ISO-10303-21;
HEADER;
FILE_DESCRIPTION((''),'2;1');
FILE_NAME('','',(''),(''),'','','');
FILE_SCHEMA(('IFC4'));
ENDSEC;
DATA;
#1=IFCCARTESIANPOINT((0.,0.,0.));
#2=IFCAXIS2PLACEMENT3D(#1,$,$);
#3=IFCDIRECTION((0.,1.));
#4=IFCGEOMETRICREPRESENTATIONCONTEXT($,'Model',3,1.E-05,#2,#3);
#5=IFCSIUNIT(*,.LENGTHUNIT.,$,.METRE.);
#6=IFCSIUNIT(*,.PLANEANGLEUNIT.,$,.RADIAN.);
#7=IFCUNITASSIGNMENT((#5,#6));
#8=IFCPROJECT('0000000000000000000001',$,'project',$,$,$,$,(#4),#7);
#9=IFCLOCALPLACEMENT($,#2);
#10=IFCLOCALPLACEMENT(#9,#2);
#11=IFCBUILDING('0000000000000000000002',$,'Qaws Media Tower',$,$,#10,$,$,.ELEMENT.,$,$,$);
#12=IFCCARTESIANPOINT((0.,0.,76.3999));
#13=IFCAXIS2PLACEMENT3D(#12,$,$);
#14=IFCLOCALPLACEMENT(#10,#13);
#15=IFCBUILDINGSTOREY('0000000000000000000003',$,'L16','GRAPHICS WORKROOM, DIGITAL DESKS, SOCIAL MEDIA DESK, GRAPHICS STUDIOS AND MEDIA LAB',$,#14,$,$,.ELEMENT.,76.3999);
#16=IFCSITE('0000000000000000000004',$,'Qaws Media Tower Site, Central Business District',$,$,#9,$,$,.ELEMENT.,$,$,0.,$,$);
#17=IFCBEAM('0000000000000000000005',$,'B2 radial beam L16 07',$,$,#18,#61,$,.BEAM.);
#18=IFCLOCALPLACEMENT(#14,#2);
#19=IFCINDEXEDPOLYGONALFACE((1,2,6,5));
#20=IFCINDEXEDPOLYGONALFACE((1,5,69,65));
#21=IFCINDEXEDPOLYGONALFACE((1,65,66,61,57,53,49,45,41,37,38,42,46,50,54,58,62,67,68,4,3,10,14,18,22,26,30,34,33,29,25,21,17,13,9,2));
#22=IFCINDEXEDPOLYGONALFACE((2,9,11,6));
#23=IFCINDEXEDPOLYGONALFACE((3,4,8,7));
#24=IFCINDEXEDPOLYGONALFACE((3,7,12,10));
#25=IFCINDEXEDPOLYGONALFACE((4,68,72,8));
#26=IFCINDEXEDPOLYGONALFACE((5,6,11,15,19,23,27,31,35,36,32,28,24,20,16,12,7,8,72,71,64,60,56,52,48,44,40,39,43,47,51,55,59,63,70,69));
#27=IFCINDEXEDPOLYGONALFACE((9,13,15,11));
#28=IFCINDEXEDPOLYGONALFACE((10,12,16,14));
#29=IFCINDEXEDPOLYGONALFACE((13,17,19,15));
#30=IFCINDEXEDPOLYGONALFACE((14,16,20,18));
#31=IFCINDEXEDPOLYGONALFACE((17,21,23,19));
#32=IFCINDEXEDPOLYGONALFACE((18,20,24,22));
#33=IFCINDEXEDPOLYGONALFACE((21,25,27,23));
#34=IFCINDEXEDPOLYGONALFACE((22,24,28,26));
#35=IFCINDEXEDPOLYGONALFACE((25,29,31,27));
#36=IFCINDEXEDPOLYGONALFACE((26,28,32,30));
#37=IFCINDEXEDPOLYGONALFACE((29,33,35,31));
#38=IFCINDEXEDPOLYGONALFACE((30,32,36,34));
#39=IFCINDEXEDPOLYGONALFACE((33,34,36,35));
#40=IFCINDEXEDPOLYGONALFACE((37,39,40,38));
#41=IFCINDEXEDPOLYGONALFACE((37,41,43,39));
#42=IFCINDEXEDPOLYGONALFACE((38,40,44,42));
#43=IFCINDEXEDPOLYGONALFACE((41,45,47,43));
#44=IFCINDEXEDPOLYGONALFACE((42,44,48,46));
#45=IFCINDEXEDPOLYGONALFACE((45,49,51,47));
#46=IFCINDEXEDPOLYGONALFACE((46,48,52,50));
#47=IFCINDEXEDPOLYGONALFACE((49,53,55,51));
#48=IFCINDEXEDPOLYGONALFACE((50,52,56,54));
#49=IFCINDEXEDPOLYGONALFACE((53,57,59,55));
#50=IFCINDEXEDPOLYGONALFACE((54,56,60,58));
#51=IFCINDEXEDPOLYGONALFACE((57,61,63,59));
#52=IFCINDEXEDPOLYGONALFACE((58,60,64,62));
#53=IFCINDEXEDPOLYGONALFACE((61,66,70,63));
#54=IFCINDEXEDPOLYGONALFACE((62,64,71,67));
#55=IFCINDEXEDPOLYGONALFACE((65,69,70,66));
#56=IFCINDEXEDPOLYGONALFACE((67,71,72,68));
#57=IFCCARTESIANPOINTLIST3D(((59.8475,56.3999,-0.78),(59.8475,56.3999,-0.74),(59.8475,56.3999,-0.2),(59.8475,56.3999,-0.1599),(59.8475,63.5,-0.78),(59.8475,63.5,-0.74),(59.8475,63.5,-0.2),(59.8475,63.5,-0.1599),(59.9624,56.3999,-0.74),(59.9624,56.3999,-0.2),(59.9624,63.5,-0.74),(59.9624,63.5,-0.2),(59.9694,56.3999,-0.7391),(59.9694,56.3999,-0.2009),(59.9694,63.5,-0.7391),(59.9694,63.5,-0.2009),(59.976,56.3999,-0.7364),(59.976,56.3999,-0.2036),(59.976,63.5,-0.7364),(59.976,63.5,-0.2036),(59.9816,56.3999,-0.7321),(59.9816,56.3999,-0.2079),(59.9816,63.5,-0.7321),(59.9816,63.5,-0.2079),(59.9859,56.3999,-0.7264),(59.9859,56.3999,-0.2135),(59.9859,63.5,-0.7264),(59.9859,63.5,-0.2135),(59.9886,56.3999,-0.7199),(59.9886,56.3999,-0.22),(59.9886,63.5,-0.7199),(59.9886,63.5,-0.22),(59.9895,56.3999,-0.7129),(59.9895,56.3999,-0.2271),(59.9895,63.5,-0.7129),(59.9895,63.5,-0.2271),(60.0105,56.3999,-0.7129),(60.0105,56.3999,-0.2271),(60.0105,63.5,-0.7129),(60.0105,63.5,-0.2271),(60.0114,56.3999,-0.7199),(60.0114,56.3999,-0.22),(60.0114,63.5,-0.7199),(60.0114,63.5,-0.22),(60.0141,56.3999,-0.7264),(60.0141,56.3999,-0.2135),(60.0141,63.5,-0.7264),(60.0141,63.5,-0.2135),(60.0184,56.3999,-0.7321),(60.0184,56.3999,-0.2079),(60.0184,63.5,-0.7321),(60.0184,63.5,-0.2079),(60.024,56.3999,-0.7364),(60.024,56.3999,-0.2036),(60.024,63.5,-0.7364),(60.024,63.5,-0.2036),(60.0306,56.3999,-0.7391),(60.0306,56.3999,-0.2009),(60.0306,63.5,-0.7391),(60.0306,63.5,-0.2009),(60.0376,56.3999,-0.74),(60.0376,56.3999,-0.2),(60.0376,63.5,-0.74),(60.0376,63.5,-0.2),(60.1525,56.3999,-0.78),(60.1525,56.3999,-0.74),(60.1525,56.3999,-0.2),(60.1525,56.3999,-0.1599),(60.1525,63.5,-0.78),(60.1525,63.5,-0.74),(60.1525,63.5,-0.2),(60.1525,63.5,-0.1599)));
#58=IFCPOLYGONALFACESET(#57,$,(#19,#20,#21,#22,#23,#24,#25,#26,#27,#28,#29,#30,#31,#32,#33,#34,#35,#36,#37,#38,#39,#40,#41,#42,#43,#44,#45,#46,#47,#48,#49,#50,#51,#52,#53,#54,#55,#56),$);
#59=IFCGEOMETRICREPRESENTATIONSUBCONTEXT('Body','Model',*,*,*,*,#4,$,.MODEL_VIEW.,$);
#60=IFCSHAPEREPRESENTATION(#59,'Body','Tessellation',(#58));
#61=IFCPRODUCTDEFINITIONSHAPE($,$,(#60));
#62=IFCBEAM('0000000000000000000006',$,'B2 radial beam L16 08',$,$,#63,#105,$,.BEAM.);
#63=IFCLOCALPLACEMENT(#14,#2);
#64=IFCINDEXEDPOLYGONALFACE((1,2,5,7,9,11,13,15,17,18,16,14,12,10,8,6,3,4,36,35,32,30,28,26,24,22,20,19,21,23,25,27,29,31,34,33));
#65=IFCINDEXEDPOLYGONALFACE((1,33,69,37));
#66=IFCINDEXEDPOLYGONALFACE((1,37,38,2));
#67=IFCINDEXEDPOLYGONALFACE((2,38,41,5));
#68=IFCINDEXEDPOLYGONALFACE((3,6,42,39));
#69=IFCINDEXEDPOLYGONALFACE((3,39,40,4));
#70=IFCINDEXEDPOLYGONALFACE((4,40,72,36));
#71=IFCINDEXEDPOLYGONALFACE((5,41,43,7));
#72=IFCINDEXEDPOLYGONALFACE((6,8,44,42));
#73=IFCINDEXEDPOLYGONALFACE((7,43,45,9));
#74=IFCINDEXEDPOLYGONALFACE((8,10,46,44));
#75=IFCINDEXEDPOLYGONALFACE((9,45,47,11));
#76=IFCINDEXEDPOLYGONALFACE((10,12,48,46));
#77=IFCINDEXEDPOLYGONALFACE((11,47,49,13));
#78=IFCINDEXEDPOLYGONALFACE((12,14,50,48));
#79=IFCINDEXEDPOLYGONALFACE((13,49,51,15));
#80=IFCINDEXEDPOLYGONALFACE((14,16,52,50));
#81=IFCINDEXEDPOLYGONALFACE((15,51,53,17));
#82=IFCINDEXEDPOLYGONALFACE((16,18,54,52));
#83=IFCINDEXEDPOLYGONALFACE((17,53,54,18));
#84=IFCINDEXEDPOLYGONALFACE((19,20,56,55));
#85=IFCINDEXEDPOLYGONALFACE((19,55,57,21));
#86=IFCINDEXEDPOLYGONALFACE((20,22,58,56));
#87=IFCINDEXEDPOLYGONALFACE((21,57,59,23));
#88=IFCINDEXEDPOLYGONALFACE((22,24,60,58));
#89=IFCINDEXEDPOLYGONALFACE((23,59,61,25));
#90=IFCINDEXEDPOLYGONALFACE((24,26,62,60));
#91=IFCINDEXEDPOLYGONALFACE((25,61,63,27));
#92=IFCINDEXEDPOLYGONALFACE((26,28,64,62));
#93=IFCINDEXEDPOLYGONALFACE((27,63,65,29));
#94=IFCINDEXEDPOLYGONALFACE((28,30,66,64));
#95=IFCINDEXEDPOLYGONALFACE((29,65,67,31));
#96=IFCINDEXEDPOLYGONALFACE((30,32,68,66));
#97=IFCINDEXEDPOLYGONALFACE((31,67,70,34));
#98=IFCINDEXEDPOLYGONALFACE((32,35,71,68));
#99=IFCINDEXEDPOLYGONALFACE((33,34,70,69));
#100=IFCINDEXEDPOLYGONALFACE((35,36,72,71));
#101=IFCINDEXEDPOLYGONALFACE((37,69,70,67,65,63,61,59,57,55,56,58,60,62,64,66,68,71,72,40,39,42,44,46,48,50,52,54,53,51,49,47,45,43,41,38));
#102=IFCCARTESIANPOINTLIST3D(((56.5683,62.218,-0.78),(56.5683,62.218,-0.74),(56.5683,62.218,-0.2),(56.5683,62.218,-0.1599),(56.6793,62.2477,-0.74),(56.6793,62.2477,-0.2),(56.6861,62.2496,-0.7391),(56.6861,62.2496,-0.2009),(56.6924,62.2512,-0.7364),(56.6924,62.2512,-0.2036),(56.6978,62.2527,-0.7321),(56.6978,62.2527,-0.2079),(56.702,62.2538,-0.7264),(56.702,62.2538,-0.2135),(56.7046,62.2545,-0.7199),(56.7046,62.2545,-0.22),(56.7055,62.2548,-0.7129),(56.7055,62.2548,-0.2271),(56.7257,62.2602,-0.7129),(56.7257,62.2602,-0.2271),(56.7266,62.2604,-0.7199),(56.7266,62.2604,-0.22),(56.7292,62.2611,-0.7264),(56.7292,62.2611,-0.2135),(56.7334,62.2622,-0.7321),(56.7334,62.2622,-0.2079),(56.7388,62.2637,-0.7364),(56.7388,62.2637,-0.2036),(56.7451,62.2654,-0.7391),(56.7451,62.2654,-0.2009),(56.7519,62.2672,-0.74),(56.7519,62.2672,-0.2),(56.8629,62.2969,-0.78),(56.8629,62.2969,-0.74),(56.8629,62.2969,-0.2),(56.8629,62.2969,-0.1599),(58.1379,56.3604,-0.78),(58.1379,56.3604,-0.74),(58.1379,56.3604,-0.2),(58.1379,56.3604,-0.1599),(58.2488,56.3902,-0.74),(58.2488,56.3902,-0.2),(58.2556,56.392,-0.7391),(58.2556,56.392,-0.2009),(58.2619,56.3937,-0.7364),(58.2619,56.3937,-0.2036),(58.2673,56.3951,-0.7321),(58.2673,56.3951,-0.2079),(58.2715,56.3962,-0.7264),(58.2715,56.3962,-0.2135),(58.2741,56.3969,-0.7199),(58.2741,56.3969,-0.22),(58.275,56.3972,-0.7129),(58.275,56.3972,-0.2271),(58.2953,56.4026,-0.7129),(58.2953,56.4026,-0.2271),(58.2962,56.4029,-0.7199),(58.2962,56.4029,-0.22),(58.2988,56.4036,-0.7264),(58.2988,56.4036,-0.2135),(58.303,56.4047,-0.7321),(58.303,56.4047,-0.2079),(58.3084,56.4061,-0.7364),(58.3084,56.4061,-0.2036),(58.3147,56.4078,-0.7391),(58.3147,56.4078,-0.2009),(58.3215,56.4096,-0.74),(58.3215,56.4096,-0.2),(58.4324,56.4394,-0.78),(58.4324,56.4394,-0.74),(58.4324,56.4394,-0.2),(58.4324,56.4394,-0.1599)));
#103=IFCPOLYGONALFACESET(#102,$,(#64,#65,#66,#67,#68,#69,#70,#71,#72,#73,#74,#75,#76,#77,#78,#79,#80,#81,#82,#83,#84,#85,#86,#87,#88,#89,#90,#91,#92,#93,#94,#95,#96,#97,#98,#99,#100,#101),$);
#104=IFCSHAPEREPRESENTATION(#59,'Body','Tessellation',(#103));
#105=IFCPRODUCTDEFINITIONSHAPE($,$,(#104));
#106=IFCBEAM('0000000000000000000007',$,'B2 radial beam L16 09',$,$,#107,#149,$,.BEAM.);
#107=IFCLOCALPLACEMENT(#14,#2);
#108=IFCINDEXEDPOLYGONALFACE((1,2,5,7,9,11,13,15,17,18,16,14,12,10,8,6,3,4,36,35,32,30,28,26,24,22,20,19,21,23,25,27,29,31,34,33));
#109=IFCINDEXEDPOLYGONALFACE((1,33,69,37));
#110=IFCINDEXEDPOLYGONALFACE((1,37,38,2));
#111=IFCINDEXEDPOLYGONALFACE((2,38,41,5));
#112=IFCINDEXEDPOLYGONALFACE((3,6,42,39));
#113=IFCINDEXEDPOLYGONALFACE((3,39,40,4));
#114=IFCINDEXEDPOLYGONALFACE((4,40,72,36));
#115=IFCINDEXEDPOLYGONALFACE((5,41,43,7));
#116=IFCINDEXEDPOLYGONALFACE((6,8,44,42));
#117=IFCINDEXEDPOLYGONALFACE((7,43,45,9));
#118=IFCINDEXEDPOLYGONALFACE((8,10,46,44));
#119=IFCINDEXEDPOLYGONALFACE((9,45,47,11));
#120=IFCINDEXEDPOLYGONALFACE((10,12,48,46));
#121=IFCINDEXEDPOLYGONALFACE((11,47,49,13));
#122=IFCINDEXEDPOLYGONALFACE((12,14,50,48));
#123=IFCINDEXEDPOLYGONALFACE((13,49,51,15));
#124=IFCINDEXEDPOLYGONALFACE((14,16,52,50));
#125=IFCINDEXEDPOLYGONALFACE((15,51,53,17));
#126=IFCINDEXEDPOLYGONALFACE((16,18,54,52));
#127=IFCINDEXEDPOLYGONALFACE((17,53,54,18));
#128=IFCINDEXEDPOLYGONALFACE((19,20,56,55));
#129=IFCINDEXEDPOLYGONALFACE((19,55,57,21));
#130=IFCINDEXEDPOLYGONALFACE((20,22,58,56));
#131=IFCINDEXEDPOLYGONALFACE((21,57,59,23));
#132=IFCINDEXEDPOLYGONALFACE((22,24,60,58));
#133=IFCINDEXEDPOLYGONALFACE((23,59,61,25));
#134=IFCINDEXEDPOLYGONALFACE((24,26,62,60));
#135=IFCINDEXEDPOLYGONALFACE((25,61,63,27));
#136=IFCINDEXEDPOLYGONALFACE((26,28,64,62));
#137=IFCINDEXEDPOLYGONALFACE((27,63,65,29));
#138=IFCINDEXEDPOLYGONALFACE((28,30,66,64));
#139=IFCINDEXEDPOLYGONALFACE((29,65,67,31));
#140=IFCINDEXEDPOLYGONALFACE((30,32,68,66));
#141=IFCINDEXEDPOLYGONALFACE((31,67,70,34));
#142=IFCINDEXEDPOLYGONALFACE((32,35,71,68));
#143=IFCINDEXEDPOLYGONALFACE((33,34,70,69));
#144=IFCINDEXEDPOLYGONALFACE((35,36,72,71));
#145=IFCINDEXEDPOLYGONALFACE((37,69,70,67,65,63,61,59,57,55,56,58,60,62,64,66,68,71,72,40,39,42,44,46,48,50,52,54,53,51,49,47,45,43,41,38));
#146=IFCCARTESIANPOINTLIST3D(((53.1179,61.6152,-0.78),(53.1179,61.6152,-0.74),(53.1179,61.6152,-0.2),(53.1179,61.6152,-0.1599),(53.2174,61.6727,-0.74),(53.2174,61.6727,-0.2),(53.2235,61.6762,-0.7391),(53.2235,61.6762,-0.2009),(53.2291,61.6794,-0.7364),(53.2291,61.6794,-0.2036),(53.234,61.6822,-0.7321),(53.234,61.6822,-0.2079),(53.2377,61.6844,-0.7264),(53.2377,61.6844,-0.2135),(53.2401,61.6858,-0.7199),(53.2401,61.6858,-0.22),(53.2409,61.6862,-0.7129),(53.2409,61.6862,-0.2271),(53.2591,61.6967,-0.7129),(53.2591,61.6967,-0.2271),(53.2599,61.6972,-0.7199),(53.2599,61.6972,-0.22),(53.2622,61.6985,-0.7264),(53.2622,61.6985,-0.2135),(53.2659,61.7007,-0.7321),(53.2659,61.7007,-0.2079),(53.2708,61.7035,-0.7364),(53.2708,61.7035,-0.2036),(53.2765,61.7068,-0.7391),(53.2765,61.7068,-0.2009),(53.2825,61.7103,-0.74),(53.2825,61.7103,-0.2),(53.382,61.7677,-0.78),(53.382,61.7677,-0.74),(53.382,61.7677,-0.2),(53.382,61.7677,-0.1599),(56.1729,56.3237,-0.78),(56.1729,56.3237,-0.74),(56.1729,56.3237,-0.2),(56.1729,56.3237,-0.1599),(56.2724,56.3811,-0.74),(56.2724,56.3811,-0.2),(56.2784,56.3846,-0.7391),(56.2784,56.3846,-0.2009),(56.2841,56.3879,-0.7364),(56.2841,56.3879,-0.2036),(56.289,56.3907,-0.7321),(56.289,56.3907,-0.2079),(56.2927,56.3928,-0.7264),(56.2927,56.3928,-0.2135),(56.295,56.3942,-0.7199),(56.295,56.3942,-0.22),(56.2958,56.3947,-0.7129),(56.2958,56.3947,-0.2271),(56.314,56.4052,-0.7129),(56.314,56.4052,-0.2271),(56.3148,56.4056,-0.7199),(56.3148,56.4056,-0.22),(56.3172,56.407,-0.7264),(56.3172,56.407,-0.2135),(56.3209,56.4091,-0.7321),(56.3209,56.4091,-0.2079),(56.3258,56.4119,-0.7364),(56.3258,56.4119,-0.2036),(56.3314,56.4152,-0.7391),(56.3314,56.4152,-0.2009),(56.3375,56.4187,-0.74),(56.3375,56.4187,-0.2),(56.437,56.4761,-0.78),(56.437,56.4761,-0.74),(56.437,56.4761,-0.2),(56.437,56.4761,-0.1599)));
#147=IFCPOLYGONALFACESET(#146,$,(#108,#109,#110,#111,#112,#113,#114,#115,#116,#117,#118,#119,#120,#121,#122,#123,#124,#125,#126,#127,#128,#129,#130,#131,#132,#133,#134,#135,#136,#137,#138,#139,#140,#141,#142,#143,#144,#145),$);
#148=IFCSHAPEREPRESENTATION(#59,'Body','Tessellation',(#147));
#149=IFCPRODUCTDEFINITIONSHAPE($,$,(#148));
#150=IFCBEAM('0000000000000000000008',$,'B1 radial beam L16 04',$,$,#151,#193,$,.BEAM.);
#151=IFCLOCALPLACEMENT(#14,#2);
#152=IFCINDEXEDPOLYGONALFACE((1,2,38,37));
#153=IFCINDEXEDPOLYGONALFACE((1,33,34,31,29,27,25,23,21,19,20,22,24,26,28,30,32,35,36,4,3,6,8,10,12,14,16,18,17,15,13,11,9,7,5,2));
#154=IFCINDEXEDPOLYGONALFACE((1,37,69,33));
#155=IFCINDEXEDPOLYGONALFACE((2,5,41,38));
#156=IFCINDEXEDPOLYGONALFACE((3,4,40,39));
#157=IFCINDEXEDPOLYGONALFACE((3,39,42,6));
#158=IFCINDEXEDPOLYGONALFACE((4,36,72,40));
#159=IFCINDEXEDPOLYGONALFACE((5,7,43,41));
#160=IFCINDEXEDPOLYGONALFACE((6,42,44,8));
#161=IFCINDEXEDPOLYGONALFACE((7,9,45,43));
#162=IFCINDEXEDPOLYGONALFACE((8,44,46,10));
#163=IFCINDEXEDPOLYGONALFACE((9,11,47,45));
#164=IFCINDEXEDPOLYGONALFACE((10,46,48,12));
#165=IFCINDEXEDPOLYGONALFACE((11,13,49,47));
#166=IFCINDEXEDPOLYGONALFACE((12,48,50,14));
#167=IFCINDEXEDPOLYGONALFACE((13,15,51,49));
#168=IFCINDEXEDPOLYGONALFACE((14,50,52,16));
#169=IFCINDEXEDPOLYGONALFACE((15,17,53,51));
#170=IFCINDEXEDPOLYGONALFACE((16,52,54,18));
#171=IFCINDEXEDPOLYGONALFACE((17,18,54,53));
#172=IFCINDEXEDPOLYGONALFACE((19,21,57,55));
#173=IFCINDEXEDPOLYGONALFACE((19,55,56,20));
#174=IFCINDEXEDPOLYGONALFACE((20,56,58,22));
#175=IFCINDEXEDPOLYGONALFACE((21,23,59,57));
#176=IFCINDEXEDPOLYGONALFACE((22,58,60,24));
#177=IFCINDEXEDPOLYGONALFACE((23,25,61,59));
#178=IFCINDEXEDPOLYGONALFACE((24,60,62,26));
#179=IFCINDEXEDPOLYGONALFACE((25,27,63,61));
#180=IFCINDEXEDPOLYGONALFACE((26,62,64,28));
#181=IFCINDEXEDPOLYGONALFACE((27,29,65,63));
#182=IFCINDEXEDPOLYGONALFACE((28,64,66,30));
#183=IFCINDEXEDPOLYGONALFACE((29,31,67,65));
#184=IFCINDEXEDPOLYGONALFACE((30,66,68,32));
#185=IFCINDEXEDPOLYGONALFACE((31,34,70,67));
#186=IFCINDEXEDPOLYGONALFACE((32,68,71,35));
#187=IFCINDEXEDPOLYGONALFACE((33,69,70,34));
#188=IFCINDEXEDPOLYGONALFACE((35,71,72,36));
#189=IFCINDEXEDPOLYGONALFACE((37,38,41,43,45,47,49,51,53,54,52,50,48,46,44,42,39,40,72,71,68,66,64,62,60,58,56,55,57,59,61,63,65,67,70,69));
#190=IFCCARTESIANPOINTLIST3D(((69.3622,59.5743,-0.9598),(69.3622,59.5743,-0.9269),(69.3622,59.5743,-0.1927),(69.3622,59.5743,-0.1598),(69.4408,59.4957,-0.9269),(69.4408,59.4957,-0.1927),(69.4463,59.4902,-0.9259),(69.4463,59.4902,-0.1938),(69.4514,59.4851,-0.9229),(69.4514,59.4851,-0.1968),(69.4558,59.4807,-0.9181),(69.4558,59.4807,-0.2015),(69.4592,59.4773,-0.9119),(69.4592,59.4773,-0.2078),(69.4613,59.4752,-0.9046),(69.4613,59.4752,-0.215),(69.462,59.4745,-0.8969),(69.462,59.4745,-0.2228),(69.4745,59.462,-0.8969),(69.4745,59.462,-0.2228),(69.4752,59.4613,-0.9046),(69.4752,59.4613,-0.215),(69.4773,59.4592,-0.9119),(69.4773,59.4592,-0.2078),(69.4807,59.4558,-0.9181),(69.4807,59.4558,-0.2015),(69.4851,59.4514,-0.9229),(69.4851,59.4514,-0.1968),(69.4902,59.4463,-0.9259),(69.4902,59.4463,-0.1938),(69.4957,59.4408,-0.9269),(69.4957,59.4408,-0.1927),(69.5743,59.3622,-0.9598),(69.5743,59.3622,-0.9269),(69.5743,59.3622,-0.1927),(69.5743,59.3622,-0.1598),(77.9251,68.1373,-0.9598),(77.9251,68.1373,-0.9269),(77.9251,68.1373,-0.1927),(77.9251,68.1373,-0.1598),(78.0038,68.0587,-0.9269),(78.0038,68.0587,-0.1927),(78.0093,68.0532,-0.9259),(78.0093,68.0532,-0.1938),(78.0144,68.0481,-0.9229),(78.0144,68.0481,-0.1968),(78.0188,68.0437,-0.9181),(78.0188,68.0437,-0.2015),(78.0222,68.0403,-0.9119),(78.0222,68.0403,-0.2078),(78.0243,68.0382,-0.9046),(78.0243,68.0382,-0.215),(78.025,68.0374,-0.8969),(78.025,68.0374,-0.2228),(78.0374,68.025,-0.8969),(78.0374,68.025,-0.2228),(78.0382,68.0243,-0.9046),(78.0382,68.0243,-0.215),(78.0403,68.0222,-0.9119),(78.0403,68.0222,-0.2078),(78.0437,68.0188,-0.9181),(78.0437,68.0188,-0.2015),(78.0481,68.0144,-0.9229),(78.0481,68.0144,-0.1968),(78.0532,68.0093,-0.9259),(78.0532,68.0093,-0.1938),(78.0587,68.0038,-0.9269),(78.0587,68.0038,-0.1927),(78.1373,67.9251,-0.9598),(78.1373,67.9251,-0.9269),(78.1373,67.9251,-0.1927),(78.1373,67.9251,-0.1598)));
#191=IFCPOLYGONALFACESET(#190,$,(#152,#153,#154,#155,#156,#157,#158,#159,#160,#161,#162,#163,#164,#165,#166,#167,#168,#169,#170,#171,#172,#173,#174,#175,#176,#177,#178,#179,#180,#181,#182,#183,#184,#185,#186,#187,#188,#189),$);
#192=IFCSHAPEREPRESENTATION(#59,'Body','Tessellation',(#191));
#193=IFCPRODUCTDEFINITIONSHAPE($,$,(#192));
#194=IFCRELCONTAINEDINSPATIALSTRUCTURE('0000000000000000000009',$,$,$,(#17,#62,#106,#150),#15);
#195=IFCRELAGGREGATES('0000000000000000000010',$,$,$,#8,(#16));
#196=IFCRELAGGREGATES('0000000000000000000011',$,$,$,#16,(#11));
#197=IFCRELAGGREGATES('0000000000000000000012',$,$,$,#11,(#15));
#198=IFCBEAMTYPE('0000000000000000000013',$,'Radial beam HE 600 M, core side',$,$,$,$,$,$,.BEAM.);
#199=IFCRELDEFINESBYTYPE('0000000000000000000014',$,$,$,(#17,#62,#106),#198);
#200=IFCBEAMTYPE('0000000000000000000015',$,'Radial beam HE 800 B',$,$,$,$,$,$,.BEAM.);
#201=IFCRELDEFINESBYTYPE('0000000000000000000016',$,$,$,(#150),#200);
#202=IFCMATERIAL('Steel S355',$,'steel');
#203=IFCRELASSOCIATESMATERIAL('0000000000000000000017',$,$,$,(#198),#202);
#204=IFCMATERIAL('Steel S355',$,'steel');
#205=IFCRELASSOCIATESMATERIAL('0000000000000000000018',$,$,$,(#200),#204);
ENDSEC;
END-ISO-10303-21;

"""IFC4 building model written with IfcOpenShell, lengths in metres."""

from ifc_helpers import new_model, si_unit, direction, frame, origin, origin_2d, place, context, subcontext, project, spatial, i_section, extrude, material, material_profile, profile_set, type_object, element, save


model = new_model("IFC4")

# Units and contexts
model_context = context("Model", 3, precision=1e-05, world=origin(), true_north=direction((0.0, 1.0)))
body_context = subcontext(model_context, "Body", "Model", "MODEL_VIEW")
ifc_project = project(units=[si_unit("LENGTHUNIT", "METRE"), si_unit("PLANEANGLEUNIT", "RADIAN")], contexts=[model_context])

# Site, building, storey
site_placement = place(None, origin())
site = spatial("IfcSite", under=ifc_project, at=site_placement, Name="Qaws Media Tower Site, Central Business District", CompositionType="ELEMENT", RefElevation=0.0)
building_placement = place(site_placement, origin())
building = spatial("IfcBuilding", under=site, at=building_placement, Name="Qaws Media Tower", CompositionType="ELEMENT")
storey_placement = place(building_placement, frame((0.0, 0.0, 76.3999)))
storey = spatial("IfcBuildingStorey", under=building, at=storey_placement, Name="L16", Description="GRAPHICS WORKROOM, DIGITAL DESKS, SOCIAL MEDIA DESK, GRAPHICS STUDIOS AND MEDIA LAB", CompositionType="ELEMENT", Elevation=76.3999)

# Beams
ifc_material_1 = material(Name="Steel S355", Category="steel")
ifc_material_profile_1 = material_profile(ifc_material_1, i_section(OverallWidth=0.3049, OverallDepth=0.6201, WebThickness=0.021, FlangeThickness=0.04, FilletRadius=0.0271, at=origin_2d()), Name="HE 600 M")
ifc_profile_set_1 = profile_set([ifc_material_profile_1], Name="Steel S355")
beam_type_1 = type_object("IfcBeamType", Name="Radial beam HE 600 M, core side", PredefinedType="BEAM", material=ifc_profile_set_1)
beam_1_placement = place(storey_placement, frame((60.0, 56.3999, -0.47), z_axis=(0.0, 1.0, 0.0), x_axis=(-1.0, 0.0, 0.0)))
element("IfcBeam", 1, at=beam_1_placement, inside=storey, type_object=beam_type_1, Name="B2 radial beam L16 07", PredefinedType="BEAM", context=body_context, shape_type="SweptSolid", body=[
    extrude(i_section(OverallWidth=0.3049, OverallDepth=0.6201, WebThickness=0.021, FlangeThickness=0.04, FilletRadius=0.0271, at=origin_2d()), origin(), (0.0, 0.0, 1.0), 7.1001),
])
beam_2_placement = place(storey_placement, frame((58.2852, 56.3999, -0.47), z_axis=(-0.258823, 0.965925, 0.0), x_axis=(-0.965925, -0.258823, 0.0)))
element("IfcBeam", 2, at=beam_2_placement, inside=storey, type_object=beam_type_1, Name="B2 radial beam L16 08", PredefinedType="BEAM", context=body_context, shape_type="SweptSolid", body=[
    extrude(i_section(OverallWidth=0.3049, OverallDepth=0.6201, WebThickness=0.021, FlangeThickness=0.04, FilletRadius=0.0271, at=origin_2d()), origin(), (0.0, 0.0, 1.0), 6.0642),
])
beam_3_placement = place(storey_placement, frame((56.3049, 56.3999, -0.47), z_axis=(-0.499985, 0.866034, 0.0), x_axis=(-0.866034, -0.499985, 0.0)))
element("IfcBeam", 3, at=beam_3_placement, inside=storey, type_object=beam_type_1, Name="B2 radial beam L16 09", PredefinedType="BEAM", context=body_context, shape_type="SweptSolid", body=[
    extrude(i_section(OverallWidth=0.3049, OverallDepth=0.6201, WebThickness=0.021, FlangeThickness=0.04, FilletRadius=0.0271, at=origin_2d()), origin(), (0.0, 0.0, 1.0), 6.1101),
])
ifc_material_2 = material(Name="Steel S355", Category="steel")
ifc_material_profile_2 = material_profile(ifc_material_2, i_section(OverallWidth=0.3, OverallDepth=0.8, WebThickness=0.0176, FlangeThickness=0.033, FilletRadius=0.03, at=origin_2d()), Name="HE 800 B")
ifc_profile_set_2 = profile_set([ifc_material_profile_2], Name="Steel S355")
beam_type_2 = type_object("IfcBeamType", Name="Radial beam HE 800 B", PredefinedType="BEAM", material=ifc_profile_set_2)
beam_4_placement = place(storey_placement, frame((69.4683, 59.4683, -0.5598), z_axis=(0.707107, 0.707107, 0.0), x_axis=(-0.707107, 0.707107, 0.0)))
element("IfcBeam", 4, at=beam_4_placement, inside=storey, type_object=beam_type_2, Name="B1 radial beam L16 04", PredefinedType="BEAM", context=body_context, shape_type="SweptSolid", body=[
    extrude(i_section(OverallWidth=0.3, OverallDepth=0.8, WebThickness=0.0176, FlangeThickness=0.033, FilletRadius=0.03, at=origin_2d()), origin(), (0.0, 0.0, 1.0), 12.1099),
])

save(model, "model.ifc")
